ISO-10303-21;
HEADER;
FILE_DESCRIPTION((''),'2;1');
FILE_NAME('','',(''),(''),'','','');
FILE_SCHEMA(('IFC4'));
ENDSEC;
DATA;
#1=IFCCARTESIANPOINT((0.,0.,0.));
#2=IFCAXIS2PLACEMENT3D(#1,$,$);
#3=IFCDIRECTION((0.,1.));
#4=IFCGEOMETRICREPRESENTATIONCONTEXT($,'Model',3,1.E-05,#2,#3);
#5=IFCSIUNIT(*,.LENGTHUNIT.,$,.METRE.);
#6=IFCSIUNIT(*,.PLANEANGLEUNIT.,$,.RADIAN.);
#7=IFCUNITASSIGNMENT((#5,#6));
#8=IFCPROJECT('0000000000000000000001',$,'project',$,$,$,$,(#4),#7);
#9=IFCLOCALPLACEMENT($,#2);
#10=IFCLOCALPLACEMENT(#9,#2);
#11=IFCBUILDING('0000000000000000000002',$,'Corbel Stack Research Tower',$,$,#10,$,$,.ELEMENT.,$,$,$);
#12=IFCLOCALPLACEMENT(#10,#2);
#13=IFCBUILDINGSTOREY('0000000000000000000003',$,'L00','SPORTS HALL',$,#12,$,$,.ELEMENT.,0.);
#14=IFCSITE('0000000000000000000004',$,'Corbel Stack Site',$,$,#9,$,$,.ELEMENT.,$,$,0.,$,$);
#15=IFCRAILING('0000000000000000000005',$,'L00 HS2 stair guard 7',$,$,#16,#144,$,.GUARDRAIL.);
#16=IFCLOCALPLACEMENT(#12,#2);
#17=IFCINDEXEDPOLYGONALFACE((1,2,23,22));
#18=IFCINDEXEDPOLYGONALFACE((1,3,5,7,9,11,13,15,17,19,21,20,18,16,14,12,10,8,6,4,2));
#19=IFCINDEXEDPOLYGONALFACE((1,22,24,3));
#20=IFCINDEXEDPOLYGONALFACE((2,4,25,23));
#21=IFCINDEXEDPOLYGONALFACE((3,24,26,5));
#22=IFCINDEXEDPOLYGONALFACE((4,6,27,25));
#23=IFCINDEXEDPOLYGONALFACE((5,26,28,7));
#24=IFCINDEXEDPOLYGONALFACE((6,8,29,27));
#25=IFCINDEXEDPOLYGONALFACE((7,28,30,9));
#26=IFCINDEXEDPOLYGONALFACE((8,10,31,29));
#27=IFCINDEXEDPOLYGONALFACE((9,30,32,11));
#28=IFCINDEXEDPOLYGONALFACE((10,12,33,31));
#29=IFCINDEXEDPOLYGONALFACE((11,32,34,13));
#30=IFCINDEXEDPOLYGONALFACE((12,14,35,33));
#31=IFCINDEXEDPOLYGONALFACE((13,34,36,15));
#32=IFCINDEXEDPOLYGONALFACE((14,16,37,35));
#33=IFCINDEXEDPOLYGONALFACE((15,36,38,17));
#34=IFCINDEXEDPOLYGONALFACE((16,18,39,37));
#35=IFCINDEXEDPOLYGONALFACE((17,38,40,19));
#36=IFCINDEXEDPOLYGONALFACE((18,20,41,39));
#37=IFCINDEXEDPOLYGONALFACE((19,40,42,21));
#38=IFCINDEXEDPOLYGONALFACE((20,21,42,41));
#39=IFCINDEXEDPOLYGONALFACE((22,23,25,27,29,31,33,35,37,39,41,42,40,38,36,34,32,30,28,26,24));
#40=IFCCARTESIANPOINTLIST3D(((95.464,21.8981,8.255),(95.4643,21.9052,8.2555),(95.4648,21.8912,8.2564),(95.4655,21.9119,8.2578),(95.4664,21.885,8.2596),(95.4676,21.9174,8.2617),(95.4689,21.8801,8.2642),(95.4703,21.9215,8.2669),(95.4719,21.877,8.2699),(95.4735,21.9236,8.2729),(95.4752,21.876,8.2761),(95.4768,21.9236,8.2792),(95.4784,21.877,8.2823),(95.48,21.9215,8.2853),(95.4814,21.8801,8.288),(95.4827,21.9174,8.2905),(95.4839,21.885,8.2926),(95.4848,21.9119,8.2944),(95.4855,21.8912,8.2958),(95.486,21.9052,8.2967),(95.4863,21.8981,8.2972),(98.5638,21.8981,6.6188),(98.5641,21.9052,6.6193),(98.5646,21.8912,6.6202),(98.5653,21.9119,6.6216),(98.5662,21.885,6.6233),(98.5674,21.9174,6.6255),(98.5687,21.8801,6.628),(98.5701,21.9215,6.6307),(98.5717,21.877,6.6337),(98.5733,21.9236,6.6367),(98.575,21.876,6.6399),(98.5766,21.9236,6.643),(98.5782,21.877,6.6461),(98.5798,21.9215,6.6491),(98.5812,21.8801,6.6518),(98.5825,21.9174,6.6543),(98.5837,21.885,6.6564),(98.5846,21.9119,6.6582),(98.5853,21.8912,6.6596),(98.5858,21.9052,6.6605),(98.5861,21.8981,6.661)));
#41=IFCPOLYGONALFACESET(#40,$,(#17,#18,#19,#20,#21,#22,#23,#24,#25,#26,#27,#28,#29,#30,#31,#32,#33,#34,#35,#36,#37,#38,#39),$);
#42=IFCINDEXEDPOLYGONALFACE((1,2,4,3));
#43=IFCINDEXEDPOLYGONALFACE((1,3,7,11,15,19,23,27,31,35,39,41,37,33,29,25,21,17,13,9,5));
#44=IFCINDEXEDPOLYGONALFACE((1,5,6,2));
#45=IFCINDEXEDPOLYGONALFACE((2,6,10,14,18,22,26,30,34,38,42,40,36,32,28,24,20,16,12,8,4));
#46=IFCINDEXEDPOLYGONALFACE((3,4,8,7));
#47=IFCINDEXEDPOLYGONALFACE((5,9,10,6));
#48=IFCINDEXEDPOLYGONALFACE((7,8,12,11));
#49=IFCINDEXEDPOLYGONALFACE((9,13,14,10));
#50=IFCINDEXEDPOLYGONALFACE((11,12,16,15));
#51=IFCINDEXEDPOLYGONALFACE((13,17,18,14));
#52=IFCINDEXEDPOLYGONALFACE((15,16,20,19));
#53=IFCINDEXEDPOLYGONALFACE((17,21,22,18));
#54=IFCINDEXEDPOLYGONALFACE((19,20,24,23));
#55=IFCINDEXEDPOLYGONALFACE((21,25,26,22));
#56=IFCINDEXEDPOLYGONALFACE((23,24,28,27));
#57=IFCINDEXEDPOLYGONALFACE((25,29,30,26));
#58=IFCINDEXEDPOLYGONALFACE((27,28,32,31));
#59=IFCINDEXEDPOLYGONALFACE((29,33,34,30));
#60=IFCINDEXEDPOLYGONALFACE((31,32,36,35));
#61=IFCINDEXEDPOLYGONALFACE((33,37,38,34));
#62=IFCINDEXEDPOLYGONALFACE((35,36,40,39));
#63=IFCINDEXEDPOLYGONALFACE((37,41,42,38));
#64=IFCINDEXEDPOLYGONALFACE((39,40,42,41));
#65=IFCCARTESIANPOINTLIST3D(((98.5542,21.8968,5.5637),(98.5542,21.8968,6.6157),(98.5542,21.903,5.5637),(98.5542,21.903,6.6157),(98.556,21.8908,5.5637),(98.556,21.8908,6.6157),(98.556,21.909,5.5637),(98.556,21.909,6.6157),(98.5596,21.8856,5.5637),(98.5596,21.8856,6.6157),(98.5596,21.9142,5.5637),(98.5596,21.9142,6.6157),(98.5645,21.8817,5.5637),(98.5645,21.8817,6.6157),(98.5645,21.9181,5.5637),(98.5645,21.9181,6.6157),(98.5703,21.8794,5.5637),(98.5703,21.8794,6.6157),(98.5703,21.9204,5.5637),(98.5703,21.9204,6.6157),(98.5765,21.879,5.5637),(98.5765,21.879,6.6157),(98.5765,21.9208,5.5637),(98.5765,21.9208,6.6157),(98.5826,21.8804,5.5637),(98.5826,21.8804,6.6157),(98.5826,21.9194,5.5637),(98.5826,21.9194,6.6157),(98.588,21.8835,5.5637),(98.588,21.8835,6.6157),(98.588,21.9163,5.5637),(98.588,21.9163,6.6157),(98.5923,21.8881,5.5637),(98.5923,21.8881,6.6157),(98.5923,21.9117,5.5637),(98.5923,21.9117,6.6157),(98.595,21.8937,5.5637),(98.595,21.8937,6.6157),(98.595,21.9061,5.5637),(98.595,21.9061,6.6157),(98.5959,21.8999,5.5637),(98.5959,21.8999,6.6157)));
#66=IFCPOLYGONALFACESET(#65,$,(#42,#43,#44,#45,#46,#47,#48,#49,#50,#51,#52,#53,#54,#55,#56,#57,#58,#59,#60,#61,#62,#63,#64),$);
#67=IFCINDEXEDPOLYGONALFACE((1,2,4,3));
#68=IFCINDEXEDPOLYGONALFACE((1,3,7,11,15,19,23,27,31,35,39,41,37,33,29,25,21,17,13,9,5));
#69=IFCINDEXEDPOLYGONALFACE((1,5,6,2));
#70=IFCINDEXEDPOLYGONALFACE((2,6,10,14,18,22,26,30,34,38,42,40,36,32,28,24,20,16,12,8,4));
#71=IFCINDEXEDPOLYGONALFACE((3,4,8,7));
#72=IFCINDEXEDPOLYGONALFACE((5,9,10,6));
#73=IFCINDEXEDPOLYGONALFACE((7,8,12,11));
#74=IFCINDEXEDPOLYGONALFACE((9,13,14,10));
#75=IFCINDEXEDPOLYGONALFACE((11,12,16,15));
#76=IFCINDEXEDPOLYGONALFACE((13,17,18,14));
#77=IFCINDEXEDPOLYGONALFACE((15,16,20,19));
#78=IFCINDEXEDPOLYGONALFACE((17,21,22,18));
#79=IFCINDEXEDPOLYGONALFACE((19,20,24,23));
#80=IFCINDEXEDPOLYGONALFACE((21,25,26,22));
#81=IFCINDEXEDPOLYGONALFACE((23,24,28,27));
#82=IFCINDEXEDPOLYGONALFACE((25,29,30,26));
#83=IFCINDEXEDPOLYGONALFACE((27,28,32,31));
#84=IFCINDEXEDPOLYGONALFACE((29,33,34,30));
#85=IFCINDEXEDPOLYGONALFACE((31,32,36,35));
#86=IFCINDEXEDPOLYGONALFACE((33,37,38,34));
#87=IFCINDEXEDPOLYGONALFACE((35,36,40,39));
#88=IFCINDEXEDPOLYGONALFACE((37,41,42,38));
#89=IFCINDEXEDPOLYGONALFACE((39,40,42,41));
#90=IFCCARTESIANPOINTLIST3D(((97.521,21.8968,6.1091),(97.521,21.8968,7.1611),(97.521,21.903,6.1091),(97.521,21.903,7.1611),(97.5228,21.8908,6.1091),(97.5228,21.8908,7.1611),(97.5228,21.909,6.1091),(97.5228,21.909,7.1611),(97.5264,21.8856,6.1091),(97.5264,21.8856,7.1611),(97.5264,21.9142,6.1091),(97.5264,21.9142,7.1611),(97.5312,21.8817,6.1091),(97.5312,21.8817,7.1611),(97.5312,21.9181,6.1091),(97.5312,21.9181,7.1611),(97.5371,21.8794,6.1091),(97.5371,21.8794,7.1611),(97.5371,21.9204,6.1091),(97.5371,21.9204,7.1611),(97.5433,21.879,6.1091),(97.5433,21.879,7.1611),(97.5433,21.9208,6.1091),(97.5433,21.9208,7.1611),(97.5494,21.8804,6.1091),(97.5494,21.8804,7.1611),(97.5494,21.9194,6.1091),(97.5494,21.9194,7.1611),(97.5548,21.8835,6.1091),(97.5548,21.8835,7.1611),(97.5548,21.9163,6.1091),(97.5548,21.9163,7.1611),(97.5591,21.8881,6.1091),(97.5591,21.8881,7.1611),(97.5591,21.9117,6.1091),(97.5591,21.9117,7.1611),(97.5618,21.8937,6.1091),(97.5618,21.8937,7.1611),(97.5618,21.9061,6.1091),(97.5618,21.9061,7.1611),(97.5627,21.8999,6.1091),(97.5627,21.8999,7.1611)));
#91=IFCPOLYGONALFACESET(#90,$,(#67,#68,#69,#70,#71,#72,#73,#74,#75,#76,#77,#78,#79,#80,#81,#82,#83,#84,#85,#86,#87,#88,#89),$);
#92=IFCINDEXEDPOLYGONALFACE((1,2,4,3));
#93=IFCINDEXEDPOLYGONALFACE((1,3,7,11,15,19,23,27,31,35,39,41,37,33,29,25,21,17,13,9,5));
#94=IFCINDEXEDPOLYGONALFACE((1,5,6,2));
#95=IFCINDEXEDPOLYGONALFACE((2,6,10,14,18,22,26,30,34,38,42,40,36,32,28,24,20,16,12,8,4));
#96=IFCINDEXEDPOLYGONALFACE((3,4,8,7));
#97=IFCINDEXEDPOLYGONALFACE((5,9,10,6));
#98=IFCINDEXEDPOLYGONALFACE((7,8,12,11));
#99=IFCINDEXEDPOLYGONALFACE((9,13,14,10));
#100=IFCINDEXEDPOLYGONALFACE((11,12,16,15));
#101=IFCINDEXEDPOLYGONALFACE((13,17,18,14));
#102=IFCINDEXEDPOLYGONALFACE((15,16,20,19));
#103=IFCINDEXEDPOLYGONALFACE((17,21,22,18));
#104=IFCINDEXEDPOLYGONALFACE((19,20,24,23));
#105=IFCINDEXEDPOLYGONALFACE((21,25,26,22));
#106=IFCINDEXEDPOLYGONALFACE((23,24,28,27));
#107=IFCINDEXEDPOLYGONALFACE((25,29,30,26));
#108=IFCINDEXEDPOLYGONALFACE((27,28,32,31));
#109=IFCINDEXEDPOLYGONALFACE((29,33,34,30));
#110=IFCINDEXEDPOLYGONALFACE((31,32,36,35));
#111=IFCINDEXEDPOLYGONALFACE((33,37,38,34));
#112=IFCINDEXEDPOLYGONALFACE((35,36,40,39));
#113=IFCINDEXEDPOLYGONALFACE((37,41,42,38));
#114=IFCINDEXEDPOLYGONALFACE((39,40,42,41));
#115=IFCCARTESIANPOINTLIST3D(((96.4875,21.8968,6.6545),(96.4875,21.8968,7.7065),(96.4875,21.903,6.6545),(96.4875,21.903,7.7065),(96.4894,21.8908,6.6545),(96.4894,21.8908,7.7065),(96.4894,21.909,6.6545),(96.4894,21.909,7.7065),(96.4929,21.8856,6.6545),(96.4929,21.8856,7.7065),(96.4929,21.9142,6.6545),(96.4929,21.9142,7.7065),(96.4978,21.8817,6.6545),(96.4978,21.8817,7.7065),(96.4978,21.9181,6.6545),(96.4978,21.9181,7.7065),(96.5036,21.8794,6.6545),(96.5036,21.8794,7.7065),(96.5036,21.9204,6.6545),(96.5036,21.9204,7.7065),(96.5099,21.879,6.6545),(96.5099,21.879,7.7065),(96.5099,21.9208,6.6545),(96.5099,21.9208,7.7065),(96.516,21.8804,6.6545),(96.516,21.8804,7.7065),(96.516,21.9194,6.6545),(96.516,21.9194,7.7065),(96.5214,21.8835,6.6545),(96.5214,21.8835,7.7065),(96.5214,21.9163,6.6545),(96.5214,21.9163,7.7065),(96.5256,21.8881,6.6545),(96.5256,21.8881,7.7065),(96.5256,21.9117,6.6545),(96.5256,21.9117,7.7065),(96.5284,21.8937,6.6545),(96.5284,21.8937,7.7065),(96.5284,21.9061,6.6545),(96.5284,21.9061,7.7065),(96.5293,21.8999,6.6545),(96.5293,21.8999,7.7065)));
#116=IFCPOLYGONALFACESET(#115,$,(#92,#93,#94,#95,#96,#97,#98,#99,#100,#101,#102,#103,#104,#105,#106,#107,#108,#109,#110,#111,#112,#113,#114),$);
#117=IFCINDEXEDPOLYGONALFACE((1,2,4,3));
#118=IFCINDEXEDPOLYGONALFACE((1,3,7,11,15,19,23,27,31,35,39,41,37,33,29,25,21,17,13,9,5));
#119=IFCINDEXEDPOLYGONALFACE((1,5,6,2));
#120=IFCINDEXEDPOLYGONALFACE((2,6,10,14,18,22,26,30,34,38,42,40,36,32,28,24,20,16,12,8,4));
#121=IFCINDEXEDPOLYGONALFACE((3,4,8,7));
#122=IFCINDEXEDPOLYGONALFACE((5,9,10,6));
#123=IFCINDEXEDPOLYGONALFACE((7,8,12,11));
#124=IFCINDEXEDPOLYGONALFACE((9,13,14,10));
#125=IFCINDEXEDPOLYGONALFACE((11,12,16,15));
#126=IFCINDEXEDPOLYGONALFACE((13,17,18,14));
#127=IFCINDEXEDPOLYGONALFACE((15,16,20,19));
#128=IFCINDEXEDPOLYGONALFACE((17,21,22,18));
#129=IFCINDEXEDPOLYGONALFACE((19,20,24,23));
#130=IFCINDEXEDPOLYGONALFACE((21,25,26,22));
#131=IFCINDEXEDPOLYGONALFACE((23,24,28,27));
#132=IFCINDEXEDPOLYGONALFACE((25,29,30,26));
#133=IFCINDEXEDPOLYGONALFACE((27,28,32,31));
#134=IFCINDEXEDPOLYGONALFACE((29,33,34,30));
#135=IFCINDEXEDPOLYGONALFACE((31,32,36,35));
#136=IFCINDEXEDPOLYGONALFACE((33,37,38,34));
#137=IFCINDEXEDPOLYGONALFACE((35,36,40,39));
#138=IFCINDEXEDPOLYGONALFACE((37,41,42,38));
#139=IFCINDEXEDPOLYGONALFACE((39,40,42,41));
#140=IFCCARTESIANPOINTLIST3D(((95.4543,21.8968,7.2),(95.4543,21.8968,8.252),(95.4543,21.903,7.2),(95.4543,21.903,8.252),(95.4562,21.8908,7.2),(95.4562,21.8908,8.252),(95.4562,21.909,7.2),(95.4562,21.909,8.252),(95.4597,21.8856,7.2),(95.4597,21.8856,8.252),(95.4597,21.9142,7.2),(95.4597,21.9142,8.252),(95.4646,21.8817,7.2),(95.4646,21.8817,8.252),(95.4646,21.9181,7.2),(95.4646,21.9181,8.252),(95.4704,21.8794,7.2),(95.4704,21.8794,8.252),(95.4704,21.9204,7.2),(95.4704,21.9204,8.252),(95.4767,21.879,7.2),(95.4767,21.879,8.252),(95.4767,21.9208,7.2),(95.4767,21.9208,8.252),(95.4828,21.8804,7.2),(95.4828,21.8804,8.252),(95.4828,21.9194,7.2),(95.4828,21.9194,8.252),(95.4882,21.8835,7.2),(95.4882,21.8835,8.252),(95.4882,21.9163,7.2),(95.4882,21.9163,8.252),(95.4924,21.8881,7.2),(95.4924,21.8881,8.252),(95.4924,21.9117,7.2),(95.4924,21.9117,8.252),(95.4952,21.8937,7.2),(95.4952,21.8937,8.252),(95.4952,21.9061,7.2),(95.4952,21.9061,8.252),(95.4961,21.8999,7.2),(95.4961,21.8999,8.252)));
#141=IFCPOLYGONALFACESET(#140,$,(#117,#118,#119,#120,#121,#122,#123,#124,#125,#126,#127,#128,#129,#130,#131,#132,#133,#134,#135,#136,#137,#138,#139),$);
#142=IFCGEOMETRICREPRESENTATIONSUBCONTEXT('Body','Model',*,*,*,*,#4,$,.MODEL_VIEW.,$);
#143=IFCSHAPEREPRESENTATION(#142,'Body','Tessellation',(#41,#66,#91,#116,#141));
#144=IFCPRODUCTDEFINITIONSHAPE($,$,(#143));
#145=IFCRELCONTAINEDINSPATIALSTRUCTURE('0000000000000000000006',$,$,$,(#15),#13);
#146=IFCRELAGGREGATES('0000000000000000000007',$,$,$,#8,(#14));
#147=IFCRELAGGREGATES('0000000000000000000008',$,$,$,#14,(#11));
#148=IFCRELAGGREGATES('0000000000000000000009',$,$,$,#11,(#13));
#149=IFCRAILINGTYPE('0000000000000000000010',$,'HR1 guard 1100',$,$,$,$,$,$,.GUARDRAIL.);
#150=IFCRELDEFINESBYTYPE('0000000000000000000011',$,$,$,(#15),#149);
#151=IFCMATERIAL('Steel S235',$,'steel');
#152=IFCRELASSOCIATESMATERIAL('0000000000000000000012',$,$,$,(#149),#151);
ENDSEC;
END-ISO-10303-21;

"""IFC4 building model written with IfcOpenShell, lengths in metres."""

from ifc_helpers import new_model, si_unit, direction, frame, origin, origin_2d, place, context, subcontext, project, spatial, circle, extrude, material, type_object, element, save


model = new_model("IFC4")

# Units and contexts
model_context = context("Model", 3, precision=1e-05, world=origin(), true_north=direction((0.0, 1.0)))
body_context = subcontext(model_context, "Body", "Model", "MODEL_VIEW")
ifc_project = project(units=[si_unit("LENGTHUNIT", "METRE"), si_unit("PLANEANGLEUNIT", "RADIAN")], contexts=[model_context])

# Site, building, storey
site_placement = place(None, origin())
site = spatial("IfcSite", under=ifc_project, at=site_placement, Name="Corbel Stack Site", CompositionType="ELEMENT", RefElevation=0.0)
building_placement = place(site_placement, origin())
building = spatial("IfcBuilding", under=site, at=building_placement, Name="Corbel Stack Research Tower", CompositionType="ELEMENT")
storey_placement = place(building_placement, origin())
storey = spatial("IfcBuildingStorey", under=building, at=storey_placement, Name="L00", Description="SPORTS HALL", CompositionType="ELEMENT", Elevation=0.0)

# Railing
ifc_material_1 = material(Name="Steel S235", Category="steel")
railing_type_1 = type_object("IfcRailingType", Name="HR1 guard 1100", PredefinedType="GUARDRAIL", material=ifc_material_1)
railing_1_placement = place(storey_placement, frame((98.575, 21.8999, 5.5637)))
element("IfcRailing", 1, at=railing_1_placement, inside=storey, type_object=railing_type_1, Name="L00 HS2 stair guard 7", PredefinedType="GUARDRAIL", context=body_context, shape_type="SweptSolid", body=[
    extrude(circle(Radius=0.0239, at=origin_2d()), frame((0.0, 0.0, 1.0762), z_axis=(-0.884362, 0.0, 0.466803), x_axis=(0.0, -1.0, 0.0)), (0.0, 0.0, 1.0), 3.5051),
    extrude(circle(Radius=0.021, at=origin_2d()), origin(), (0.0, 0.0, 1.0), 1.052),
    extrude(circle(Radius=0.021, at=origin_2d()), frame((-1.0332, 0.0, 0.5454)), (0.0, 0.0, 1.0), 1.052),
    extrude(circle(Radius=0.021, at=origin_2d()), frame((-2.0667, 0.0, 1.0908)), (0.0, 0.0, 1.0), 1.052),
    extrude(circle(Radius=0.021, at=origin_2d()), frame((-3.0999, 0.0, 1.6362)), (0.0, 0.0, 1.0), 1.052),
])

save(model, "model.ifc")
